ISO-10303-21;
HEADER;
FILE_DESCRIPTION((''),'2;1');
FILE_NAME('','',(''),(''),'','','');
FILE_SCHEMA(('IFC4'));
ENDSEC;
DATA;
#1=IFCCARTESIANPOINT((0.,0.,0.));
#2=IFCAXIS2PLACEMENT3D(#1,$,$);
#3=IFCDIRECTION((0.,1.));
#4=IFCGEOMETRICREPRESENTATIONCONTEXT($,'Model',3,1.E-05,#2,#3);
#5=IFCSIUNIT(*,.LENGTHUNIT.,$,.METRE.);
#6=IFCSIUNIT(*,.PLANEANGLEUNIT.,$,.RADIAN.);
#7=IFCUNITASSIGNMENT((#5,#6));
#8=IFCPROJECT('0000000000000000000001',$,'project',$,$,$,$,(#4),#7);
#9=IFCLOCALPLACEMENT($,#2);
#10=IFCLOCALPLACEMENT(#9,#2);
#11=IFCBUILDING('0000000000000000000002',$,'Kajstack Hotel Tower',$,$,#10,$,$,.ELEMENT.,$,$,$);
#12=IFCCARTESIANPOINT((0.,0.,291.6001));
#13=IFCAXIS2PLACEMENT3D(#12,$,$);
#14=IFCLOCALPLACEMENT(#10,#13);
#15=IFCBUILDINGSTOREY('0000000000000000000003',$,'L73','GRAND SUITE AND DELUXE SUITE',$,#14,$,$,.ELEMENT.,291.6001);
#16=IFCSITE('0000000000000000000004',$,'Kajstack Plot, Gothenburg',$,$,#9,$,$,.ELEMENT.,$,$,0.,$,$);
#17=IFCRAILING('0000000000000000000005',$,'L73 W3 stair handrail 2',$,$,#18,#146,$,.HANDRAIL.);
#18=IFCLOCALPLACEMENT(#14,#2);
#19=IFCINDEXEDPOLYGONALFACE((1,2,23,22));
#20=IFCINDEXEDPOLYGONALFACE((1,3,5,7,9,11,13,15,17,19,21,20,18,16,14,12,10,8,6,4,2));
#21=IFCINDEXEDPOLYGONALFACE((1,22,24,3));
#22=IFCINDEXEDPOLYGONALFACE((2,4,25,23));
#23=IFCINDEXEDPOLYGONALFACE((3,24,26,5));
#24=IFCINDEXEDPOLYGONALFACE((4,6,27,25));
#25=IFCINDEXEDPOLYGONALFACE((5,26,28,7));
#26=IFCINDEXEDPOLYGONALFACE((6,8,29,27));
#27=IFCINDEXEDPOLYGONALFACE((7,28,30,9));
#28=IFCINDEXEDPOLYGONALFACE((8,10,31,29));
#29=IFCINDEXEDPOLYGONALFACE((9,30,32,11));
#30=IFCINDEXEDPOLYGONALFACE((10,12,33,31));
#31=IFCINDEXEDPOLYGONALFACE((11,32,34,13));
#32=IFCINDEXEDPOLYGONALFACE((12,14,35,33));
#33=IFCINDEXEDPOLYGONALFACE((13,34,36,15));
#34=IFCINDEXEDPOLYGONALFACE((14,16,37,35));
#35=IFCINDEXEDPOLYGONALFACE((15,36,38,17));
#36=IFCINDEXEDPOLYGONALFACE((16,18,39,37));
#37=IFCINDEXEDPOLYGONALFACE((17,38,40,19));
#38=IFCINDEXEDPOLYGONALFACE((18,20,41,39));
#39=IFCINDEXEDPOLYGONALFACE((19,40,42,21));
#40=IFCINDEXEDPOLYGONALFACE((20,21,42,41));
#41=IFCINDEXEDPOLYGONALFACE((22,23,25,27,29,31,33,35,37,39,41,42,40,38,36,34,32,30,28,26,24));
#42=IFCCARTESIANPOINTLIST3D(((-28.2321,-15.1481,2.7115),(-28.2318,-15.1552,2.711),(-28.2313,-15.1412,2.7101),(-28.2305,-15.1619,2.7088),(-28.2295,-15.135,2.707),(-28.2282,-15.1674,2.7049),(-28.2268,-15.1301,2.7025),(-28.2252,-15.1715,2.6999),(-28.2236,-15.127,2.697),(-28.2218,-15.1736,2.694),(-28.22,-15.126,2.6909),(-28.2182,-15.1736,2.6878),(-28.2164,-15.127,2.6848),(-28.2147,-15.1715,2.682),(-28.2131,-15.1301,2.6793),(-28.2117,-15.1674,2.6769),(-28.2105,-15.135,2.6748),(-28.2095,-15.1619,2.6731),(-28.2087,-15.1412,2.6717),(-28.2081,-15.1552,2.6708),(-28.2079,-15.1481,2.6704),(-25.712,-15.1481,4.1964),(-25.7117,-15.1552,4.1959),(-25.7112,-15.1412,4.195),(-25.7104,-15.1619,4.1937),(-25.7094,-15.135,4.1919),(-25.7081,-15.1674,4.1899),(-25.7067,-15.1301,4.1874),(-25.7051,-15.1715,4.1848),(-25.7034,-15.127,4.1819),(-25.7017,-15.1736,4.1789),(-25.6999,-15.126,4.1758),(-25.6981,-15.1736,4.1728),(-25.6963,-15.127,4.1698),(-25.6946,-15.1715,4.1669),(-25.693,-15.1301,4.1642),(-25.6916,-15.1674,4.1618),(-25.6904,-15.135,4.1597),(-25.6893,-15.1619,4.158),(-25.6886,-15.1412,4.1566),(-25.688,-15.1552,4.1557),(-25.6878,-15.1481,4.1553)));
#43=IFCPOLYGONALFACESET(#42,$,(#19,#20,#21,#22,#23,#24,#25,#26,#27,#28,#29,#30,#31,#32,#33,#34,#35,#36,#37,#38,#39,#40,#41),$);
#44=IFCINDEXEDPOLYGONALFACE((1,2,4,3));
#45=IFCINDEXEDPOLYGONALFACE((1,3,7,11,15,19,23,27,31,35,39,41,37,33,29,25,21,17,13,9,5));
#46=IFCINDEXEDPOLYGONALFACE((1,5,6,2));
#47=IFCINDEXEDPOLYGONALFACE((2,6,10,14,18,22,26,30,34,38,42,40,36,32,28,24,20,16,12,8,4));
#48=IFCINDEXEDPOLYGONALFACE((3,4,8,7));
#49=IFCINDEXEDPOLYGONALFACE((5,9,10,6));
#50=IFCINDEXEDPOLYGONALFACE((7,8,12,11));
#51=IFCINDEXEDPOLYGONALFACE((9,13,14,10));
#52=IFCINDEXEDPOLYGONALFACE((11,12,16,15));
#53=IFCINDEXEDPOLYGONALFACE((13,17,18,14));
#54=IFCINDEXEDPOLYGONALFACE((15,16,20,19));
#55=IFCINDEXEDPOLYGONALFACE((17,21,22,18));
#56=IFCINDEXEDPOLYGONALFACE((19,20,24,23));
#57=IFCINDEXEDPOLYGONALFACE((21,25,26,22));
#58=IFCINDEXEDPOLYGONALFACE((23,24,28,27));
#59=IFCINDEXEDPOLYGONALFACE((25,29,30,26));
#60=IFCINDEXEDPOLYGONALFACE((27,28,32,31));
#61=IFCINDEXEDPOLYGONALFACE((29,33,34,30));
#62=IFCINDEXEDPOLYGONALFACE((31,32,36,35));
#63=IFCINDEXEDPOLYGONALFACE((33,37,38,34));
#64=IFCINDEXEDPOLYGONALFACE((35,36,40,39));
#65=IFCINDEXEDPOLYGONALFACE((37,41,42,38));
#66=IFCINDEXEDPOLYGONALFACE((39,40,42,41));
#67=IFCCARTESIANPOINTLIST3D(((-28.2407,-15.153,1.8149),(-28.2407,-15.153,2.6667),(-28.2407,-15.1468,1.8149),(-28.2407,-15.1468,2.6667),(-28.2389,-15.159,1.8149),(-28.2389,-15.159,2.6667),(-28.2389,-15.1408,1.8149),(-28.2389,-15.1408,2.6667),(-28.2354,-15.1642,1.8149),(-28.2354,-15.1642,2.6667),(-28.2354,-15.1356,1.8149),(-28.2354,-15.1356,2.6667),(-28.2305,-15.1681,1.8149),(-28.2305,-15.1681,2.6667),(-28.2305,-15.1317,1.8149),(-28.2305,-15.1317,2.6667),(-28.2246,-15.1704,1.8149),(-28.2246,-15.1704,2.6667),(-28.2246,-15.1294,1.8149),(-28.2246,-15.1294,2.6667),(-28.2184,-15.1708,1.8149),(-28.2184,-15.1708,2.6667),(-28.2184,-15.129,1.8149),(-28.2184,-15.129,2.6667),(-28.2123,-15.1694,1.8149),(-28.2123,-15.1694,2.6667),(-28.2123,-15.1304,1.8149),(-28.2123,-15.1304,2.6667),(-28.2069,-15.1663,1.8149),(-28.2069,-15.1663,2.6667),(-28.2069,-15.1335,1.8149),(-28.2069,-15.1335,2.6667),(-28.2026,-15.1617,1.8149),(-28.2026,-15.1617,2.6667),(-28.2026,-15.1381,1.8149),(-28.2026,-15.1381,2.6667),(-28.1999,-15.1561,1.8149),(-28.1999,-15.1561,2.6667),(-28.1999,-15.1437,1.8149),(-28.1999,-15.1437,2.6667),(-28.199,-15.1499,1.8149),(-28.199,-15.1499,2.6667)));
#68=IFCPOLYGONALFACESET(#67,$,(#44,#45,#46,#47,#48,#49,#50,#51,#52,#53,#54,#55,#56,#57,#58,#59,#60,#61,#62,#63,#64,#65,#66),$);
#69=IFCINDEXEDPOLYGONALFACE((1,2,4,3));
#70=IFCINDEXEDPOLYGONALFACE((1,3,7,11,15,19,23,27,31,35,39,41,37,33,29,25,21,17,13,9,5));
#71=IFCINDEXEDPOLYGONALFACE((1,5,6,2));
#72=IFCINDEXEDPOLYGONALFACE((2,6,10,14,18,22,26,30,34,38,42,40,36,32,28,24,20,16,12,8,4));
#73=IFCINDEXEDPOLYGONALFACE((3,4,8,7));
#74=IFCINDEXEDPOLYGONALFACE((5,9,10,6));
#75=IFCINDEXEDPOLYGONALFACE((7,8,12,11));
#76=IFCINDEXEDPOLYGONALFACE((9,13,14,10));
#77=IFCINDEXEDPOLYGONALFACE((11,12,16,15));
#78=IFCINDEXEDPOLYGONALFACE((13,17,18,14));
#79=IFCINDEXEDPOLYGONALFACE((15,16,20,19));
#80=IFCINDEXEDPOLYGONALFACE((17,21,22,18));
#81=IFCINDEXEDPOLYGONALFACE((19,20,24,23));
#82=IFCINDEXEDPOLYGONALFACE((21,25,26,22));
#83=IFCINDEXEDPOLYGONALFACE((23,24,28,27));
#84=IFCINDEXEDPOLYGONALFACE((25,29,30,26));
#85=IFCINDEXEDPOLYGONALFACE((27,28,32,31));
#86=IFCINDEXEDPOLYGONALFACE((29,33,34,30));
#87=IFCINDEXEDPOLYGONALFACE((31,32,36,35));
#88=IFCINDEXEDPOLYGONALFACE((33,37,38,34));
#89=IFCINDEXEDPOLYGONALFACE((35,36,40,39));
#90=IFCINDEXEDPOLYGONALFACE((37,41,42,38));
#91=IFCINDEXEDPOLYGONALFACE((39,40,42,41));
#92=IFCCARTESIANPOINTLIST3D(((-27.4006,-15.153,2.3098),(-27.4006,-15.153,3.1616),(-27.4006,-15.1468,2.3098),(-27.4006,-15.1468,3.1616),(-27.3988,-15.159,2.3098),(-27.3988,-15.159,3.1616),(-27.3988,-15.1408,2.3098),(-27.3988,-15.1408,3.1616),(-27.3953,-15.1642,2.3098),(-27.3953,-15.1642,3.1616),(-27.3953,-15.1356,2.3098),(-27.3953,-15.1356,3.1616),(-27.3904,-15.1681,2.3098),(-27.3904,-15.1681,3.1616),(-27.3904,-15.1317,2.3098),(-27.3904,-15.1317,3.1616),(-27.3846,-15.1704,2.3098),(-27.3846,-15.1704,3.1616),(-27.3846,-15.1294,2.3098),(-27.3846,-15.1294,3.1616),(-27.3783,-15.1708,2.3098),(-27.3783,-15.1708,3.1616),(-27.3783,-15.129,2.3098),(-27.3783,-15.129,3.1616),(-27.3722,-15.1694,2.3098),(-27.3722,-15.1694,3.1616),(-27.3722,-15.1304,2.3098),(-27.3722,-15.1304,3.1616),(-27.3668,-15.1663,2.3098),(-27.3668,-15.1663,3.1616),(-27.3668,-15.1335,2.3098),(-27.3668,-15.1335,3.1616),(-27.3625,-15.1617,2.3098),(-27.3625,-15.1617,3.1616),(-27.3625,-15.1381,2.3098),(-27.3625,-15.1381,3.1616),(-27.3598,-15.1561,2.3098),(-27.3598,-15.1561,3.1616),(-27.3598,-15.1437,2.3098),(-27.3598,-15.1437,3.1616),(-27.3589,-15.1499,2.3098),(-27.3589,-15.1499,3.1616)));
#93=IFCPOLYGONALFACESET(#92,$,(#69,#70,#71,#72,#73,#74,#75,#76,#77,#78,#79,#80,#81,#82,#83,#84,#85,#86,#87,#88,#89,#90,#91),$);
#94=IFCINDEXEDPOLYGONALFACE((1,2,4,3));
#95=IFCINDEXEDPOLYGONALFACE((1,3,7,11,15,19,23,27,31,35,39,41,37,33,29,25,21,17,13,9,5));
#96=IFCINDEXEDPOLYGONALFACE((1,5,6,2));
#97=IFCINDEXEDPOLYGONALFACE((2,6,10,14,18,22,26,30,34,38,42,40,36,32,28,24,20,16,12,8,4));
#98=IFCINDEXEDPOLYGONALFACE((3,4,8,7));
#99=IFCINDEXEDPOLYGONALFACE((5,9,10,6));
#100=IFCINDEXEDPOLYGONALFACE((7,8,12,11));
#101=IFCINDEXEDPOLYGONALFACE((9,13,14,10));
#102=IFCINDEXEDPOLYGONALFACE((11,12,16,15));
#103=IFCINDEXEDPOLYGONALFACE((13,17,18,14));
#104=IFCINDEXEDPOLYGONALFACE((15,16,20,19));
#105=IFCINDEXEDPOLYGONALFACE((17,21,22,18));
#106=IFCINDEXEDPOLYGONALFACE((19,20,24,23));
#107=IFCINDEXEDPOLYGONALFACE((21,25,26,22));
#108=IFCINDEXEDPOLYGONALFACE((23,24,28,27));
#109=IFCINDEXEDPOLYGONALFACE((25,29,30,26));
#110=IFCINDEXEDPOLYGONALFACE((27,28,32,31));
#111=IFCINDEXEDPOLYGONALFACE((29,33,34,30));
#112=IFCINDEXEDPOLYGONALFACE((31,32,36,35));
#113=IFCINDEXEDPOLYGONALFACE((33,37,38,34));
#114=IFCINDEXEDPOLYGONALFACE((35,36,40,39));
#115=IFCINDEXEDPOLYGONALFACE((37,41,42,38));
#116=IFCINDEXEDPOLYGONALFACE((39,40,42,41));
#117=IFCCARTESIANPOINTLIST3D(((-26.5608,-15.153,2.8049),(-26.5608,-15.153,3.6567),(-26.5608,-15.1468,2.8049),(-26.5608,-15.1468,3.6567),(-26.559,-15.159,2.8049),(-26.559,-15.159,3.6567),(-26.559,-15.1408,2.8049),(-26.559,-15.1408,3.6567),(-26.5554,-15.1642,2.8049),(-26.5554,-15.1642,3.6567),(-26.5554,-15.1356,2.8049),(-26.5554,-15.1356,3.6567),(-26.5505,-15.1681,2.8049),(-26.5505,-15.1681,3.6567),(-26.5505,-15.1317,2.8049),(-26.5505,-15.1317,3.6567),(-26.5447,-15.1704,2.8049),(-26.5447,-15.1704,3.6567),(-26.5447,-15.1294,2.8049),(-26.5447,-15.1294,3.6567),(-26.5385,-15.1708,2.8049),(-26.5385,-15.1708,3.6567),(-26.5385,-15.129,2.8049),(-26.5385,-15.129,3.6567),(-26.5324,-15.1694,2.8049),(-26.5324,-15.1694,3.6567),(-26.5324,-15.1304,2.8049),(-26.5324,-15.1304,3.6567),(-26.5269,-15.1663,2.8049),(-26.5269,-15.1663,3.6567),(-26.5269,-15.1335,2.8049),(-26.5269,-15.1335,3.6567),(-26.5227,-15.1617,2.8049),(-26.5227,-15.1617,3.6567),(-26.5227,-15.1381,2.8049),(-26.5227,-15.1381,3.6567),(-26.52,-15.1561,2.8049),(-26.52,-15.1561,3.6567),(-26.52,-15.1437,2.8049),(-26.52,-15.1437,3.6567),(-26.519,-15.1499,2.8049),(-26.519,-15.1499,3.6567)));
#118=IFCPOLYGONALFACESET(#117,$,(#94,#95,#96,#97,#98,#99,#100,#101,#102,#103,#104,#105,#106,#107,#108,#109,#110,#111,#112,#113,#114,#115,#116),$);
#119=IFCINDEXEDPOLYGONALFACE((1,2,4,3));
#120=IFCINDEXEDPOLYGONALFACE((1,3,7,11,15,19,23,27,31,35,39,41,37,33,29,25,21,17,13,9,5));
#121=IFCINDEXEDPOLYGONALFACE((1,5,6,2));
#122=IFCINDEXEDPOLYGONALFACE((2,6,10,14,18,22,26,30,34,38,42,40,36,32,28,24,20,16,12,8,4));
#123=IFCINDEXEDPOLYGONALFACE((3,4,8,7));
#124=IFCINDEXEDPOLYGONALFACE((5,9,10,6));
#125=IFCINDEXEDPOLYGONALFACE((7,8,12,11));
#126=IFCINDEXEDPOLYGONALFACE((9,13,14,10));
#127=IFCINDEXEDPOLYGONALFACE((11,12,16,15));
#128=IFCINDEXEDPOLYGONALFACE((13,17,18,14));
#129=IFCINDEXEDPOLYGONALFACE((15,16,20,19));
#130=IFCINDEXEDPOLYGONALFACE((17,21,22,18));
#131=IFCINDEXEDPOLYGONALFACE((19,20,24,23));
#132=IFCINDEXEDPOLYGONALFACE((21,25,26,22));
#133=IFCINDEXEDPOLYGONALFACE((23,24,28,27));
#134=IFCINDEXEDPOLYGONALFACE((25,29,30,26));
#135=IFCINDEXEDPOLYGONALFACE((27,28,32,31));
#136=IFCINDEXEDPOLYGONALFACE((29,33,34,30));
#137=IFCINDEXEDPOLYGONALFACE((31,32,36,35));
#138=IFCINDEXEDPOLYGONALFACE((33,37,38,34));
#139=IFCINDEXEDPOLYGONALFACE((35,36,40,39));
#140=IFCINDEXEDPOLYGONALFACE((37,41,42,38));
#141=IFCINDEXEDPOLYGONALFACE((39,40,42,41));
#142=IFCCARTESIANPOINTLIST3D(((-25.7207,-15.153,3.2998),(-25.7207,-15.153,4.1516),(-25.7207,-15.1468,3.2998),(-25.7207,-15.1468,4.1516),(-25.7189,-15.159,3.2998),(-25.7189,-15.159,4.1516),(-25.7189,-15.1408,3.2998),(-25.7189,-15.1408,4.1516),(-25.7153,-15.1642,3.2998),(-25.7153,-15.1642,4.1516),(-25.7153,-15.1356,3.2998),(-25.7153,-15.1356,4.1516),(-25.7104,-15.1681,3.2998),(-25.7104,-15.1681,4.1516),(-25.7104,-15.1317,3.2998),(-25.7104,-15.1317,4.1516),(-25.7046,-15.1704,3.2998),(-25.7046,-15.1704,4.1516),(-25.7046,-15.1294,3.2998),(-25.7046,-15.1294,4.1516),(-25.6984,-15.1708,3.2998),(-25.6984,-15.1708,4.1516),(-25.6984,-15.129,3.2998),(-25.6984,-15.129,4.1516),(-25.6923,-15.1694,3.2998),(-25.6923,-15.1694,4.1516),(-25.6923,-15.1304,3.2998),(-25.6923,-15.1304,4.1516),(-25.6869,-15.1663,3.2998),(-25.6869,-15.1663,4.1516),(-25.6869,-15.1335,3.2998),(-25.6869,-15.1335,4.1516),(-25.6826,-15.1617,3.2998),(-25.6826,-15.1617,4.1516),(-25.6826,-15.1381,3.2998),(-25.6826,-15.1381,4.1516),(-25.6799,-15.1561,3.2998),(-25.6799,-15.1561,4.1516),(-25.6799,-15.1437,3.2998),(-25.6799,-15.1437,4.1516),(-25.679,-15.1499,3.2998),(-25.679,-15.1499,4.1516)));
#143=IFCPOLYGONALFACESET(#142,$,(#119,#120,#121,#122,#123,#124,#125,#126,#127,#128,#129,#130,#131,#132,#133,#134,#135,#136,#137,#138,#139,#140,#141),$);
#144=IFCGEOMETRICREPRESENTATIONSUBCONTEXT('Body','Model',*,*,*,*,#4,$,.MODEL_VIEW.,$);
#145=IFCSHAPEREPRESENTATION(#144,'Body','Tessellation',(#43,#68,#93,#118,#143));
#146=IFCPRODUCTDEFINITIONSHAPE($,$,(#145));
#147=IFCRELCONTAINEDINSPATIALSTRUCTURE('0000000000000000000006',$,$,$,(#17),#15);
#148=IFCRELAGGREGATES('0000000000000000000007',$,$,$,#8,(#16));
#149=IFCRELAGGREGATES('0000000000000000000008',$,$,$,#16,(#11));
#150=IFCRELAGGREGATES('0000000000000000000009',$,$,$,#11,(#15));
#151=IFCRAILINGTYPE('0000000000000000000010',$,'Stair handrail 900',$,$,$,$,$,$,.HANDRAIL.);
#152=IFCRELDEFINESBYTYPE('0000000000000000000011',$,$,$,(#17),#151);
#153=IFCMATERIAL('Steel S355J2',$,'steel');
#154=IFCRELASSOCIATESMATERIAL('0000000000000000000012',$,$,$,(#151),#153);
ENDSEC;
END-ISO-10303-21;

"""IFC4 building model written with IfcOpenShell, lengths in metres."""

from ifc_helpers import new_model, si_unit, direction, frame, origin, origin_2d, place, context, subcontext, project, spatial, circle, extrude, material, type_object, element, save


model = new_model("IFC4")

# Units and contexts
model_context = context("Model", 3, precision=1e-05, world=origin(), true_north=direction((0.0, 1.0)))
body_context = subcontext(model_context, "Body", "Model", "MODEL_VIEW")
ifc_project = project(units=[si_unit("LENGTHUNIT", "METRE"), si_unit("PLANEANGLEUNIT", "RADIAN")], contexts=[model_context])

# Site, building, storey
site_placement = place(None, origin())
site = spatial("IfcSite", under=ifc_project, at=site_placement, Name="Kajstack Plot, Gothenburg", CompositionType="ELEMENT", RefElevation=0.0)
building_placement = place(site_placement, origin())
building = spatial("IfcBuilding", under=site, at=building_placement, Name="Kajstack Hotel Tower", CompositionType="ELEMENT")
storey_placement = place(building_placement, frame((0.0, 0.0, 291.6001)))
storey = spatial("IfcBuildingStorey", under=building, at=storey_placement, Name="L73", Description="GRAND SUITE AND DELUXE SUITE", CompositionType="ELEMENT", Elevation=291.6001)

# Railing
ifc_material_1 = material(Name="Steel S355J2", Category="steel")
railing_type_1 = type_object("IfcRailingType", Name="Stair handrail 900", PredefinedType="HANDRAIL", material=ifc_material_1)
railing_1_placement = place(storey_placement, frame((-28.22, -15.1499, 1.8149)))
element("IfcRailing", 1, at=railing_1_placement, inside=storey, type_object=railing_type_1, Name="L73 W3 stair handrail 2", PredefinedType="HANDRAIL", context=body_context, shape_type="SweptSolid", body=[
    extrude(circle(Radius=0.0239, at=origin_2d()), frame((0.0, 0.0, 0.876), z_axis=(0.861561, 0.0, 0.507655), x_axis=(0.0, 1.0, 0.0)), (0.0, 0.0, 1.0), 2.925),
    extrude(circle(Radius=0.021, at=origin_2d()), origin(), (0.0, 0.0, 1.0), 0.8518),
    extrude(circle(Radius=0.021, at=origin_2d()), frame((0.8401, 0.0, 0.4949)), (0.0, 0.0, 1.0), 0.8518),
    extrude(circle(Radius=0.021, at=origin_2d()), frame((1.6799, 0.0, 0.99)), (0.0, 0.0, 1.0), 0.8518),
    extrude(circle(Radius=0.021, at=origin_2d()), frame((2.52, 0.0, 1.4849)), (0.0, 0.0, 1.0), 0.8518),
])

save(model, "model.ifc")
